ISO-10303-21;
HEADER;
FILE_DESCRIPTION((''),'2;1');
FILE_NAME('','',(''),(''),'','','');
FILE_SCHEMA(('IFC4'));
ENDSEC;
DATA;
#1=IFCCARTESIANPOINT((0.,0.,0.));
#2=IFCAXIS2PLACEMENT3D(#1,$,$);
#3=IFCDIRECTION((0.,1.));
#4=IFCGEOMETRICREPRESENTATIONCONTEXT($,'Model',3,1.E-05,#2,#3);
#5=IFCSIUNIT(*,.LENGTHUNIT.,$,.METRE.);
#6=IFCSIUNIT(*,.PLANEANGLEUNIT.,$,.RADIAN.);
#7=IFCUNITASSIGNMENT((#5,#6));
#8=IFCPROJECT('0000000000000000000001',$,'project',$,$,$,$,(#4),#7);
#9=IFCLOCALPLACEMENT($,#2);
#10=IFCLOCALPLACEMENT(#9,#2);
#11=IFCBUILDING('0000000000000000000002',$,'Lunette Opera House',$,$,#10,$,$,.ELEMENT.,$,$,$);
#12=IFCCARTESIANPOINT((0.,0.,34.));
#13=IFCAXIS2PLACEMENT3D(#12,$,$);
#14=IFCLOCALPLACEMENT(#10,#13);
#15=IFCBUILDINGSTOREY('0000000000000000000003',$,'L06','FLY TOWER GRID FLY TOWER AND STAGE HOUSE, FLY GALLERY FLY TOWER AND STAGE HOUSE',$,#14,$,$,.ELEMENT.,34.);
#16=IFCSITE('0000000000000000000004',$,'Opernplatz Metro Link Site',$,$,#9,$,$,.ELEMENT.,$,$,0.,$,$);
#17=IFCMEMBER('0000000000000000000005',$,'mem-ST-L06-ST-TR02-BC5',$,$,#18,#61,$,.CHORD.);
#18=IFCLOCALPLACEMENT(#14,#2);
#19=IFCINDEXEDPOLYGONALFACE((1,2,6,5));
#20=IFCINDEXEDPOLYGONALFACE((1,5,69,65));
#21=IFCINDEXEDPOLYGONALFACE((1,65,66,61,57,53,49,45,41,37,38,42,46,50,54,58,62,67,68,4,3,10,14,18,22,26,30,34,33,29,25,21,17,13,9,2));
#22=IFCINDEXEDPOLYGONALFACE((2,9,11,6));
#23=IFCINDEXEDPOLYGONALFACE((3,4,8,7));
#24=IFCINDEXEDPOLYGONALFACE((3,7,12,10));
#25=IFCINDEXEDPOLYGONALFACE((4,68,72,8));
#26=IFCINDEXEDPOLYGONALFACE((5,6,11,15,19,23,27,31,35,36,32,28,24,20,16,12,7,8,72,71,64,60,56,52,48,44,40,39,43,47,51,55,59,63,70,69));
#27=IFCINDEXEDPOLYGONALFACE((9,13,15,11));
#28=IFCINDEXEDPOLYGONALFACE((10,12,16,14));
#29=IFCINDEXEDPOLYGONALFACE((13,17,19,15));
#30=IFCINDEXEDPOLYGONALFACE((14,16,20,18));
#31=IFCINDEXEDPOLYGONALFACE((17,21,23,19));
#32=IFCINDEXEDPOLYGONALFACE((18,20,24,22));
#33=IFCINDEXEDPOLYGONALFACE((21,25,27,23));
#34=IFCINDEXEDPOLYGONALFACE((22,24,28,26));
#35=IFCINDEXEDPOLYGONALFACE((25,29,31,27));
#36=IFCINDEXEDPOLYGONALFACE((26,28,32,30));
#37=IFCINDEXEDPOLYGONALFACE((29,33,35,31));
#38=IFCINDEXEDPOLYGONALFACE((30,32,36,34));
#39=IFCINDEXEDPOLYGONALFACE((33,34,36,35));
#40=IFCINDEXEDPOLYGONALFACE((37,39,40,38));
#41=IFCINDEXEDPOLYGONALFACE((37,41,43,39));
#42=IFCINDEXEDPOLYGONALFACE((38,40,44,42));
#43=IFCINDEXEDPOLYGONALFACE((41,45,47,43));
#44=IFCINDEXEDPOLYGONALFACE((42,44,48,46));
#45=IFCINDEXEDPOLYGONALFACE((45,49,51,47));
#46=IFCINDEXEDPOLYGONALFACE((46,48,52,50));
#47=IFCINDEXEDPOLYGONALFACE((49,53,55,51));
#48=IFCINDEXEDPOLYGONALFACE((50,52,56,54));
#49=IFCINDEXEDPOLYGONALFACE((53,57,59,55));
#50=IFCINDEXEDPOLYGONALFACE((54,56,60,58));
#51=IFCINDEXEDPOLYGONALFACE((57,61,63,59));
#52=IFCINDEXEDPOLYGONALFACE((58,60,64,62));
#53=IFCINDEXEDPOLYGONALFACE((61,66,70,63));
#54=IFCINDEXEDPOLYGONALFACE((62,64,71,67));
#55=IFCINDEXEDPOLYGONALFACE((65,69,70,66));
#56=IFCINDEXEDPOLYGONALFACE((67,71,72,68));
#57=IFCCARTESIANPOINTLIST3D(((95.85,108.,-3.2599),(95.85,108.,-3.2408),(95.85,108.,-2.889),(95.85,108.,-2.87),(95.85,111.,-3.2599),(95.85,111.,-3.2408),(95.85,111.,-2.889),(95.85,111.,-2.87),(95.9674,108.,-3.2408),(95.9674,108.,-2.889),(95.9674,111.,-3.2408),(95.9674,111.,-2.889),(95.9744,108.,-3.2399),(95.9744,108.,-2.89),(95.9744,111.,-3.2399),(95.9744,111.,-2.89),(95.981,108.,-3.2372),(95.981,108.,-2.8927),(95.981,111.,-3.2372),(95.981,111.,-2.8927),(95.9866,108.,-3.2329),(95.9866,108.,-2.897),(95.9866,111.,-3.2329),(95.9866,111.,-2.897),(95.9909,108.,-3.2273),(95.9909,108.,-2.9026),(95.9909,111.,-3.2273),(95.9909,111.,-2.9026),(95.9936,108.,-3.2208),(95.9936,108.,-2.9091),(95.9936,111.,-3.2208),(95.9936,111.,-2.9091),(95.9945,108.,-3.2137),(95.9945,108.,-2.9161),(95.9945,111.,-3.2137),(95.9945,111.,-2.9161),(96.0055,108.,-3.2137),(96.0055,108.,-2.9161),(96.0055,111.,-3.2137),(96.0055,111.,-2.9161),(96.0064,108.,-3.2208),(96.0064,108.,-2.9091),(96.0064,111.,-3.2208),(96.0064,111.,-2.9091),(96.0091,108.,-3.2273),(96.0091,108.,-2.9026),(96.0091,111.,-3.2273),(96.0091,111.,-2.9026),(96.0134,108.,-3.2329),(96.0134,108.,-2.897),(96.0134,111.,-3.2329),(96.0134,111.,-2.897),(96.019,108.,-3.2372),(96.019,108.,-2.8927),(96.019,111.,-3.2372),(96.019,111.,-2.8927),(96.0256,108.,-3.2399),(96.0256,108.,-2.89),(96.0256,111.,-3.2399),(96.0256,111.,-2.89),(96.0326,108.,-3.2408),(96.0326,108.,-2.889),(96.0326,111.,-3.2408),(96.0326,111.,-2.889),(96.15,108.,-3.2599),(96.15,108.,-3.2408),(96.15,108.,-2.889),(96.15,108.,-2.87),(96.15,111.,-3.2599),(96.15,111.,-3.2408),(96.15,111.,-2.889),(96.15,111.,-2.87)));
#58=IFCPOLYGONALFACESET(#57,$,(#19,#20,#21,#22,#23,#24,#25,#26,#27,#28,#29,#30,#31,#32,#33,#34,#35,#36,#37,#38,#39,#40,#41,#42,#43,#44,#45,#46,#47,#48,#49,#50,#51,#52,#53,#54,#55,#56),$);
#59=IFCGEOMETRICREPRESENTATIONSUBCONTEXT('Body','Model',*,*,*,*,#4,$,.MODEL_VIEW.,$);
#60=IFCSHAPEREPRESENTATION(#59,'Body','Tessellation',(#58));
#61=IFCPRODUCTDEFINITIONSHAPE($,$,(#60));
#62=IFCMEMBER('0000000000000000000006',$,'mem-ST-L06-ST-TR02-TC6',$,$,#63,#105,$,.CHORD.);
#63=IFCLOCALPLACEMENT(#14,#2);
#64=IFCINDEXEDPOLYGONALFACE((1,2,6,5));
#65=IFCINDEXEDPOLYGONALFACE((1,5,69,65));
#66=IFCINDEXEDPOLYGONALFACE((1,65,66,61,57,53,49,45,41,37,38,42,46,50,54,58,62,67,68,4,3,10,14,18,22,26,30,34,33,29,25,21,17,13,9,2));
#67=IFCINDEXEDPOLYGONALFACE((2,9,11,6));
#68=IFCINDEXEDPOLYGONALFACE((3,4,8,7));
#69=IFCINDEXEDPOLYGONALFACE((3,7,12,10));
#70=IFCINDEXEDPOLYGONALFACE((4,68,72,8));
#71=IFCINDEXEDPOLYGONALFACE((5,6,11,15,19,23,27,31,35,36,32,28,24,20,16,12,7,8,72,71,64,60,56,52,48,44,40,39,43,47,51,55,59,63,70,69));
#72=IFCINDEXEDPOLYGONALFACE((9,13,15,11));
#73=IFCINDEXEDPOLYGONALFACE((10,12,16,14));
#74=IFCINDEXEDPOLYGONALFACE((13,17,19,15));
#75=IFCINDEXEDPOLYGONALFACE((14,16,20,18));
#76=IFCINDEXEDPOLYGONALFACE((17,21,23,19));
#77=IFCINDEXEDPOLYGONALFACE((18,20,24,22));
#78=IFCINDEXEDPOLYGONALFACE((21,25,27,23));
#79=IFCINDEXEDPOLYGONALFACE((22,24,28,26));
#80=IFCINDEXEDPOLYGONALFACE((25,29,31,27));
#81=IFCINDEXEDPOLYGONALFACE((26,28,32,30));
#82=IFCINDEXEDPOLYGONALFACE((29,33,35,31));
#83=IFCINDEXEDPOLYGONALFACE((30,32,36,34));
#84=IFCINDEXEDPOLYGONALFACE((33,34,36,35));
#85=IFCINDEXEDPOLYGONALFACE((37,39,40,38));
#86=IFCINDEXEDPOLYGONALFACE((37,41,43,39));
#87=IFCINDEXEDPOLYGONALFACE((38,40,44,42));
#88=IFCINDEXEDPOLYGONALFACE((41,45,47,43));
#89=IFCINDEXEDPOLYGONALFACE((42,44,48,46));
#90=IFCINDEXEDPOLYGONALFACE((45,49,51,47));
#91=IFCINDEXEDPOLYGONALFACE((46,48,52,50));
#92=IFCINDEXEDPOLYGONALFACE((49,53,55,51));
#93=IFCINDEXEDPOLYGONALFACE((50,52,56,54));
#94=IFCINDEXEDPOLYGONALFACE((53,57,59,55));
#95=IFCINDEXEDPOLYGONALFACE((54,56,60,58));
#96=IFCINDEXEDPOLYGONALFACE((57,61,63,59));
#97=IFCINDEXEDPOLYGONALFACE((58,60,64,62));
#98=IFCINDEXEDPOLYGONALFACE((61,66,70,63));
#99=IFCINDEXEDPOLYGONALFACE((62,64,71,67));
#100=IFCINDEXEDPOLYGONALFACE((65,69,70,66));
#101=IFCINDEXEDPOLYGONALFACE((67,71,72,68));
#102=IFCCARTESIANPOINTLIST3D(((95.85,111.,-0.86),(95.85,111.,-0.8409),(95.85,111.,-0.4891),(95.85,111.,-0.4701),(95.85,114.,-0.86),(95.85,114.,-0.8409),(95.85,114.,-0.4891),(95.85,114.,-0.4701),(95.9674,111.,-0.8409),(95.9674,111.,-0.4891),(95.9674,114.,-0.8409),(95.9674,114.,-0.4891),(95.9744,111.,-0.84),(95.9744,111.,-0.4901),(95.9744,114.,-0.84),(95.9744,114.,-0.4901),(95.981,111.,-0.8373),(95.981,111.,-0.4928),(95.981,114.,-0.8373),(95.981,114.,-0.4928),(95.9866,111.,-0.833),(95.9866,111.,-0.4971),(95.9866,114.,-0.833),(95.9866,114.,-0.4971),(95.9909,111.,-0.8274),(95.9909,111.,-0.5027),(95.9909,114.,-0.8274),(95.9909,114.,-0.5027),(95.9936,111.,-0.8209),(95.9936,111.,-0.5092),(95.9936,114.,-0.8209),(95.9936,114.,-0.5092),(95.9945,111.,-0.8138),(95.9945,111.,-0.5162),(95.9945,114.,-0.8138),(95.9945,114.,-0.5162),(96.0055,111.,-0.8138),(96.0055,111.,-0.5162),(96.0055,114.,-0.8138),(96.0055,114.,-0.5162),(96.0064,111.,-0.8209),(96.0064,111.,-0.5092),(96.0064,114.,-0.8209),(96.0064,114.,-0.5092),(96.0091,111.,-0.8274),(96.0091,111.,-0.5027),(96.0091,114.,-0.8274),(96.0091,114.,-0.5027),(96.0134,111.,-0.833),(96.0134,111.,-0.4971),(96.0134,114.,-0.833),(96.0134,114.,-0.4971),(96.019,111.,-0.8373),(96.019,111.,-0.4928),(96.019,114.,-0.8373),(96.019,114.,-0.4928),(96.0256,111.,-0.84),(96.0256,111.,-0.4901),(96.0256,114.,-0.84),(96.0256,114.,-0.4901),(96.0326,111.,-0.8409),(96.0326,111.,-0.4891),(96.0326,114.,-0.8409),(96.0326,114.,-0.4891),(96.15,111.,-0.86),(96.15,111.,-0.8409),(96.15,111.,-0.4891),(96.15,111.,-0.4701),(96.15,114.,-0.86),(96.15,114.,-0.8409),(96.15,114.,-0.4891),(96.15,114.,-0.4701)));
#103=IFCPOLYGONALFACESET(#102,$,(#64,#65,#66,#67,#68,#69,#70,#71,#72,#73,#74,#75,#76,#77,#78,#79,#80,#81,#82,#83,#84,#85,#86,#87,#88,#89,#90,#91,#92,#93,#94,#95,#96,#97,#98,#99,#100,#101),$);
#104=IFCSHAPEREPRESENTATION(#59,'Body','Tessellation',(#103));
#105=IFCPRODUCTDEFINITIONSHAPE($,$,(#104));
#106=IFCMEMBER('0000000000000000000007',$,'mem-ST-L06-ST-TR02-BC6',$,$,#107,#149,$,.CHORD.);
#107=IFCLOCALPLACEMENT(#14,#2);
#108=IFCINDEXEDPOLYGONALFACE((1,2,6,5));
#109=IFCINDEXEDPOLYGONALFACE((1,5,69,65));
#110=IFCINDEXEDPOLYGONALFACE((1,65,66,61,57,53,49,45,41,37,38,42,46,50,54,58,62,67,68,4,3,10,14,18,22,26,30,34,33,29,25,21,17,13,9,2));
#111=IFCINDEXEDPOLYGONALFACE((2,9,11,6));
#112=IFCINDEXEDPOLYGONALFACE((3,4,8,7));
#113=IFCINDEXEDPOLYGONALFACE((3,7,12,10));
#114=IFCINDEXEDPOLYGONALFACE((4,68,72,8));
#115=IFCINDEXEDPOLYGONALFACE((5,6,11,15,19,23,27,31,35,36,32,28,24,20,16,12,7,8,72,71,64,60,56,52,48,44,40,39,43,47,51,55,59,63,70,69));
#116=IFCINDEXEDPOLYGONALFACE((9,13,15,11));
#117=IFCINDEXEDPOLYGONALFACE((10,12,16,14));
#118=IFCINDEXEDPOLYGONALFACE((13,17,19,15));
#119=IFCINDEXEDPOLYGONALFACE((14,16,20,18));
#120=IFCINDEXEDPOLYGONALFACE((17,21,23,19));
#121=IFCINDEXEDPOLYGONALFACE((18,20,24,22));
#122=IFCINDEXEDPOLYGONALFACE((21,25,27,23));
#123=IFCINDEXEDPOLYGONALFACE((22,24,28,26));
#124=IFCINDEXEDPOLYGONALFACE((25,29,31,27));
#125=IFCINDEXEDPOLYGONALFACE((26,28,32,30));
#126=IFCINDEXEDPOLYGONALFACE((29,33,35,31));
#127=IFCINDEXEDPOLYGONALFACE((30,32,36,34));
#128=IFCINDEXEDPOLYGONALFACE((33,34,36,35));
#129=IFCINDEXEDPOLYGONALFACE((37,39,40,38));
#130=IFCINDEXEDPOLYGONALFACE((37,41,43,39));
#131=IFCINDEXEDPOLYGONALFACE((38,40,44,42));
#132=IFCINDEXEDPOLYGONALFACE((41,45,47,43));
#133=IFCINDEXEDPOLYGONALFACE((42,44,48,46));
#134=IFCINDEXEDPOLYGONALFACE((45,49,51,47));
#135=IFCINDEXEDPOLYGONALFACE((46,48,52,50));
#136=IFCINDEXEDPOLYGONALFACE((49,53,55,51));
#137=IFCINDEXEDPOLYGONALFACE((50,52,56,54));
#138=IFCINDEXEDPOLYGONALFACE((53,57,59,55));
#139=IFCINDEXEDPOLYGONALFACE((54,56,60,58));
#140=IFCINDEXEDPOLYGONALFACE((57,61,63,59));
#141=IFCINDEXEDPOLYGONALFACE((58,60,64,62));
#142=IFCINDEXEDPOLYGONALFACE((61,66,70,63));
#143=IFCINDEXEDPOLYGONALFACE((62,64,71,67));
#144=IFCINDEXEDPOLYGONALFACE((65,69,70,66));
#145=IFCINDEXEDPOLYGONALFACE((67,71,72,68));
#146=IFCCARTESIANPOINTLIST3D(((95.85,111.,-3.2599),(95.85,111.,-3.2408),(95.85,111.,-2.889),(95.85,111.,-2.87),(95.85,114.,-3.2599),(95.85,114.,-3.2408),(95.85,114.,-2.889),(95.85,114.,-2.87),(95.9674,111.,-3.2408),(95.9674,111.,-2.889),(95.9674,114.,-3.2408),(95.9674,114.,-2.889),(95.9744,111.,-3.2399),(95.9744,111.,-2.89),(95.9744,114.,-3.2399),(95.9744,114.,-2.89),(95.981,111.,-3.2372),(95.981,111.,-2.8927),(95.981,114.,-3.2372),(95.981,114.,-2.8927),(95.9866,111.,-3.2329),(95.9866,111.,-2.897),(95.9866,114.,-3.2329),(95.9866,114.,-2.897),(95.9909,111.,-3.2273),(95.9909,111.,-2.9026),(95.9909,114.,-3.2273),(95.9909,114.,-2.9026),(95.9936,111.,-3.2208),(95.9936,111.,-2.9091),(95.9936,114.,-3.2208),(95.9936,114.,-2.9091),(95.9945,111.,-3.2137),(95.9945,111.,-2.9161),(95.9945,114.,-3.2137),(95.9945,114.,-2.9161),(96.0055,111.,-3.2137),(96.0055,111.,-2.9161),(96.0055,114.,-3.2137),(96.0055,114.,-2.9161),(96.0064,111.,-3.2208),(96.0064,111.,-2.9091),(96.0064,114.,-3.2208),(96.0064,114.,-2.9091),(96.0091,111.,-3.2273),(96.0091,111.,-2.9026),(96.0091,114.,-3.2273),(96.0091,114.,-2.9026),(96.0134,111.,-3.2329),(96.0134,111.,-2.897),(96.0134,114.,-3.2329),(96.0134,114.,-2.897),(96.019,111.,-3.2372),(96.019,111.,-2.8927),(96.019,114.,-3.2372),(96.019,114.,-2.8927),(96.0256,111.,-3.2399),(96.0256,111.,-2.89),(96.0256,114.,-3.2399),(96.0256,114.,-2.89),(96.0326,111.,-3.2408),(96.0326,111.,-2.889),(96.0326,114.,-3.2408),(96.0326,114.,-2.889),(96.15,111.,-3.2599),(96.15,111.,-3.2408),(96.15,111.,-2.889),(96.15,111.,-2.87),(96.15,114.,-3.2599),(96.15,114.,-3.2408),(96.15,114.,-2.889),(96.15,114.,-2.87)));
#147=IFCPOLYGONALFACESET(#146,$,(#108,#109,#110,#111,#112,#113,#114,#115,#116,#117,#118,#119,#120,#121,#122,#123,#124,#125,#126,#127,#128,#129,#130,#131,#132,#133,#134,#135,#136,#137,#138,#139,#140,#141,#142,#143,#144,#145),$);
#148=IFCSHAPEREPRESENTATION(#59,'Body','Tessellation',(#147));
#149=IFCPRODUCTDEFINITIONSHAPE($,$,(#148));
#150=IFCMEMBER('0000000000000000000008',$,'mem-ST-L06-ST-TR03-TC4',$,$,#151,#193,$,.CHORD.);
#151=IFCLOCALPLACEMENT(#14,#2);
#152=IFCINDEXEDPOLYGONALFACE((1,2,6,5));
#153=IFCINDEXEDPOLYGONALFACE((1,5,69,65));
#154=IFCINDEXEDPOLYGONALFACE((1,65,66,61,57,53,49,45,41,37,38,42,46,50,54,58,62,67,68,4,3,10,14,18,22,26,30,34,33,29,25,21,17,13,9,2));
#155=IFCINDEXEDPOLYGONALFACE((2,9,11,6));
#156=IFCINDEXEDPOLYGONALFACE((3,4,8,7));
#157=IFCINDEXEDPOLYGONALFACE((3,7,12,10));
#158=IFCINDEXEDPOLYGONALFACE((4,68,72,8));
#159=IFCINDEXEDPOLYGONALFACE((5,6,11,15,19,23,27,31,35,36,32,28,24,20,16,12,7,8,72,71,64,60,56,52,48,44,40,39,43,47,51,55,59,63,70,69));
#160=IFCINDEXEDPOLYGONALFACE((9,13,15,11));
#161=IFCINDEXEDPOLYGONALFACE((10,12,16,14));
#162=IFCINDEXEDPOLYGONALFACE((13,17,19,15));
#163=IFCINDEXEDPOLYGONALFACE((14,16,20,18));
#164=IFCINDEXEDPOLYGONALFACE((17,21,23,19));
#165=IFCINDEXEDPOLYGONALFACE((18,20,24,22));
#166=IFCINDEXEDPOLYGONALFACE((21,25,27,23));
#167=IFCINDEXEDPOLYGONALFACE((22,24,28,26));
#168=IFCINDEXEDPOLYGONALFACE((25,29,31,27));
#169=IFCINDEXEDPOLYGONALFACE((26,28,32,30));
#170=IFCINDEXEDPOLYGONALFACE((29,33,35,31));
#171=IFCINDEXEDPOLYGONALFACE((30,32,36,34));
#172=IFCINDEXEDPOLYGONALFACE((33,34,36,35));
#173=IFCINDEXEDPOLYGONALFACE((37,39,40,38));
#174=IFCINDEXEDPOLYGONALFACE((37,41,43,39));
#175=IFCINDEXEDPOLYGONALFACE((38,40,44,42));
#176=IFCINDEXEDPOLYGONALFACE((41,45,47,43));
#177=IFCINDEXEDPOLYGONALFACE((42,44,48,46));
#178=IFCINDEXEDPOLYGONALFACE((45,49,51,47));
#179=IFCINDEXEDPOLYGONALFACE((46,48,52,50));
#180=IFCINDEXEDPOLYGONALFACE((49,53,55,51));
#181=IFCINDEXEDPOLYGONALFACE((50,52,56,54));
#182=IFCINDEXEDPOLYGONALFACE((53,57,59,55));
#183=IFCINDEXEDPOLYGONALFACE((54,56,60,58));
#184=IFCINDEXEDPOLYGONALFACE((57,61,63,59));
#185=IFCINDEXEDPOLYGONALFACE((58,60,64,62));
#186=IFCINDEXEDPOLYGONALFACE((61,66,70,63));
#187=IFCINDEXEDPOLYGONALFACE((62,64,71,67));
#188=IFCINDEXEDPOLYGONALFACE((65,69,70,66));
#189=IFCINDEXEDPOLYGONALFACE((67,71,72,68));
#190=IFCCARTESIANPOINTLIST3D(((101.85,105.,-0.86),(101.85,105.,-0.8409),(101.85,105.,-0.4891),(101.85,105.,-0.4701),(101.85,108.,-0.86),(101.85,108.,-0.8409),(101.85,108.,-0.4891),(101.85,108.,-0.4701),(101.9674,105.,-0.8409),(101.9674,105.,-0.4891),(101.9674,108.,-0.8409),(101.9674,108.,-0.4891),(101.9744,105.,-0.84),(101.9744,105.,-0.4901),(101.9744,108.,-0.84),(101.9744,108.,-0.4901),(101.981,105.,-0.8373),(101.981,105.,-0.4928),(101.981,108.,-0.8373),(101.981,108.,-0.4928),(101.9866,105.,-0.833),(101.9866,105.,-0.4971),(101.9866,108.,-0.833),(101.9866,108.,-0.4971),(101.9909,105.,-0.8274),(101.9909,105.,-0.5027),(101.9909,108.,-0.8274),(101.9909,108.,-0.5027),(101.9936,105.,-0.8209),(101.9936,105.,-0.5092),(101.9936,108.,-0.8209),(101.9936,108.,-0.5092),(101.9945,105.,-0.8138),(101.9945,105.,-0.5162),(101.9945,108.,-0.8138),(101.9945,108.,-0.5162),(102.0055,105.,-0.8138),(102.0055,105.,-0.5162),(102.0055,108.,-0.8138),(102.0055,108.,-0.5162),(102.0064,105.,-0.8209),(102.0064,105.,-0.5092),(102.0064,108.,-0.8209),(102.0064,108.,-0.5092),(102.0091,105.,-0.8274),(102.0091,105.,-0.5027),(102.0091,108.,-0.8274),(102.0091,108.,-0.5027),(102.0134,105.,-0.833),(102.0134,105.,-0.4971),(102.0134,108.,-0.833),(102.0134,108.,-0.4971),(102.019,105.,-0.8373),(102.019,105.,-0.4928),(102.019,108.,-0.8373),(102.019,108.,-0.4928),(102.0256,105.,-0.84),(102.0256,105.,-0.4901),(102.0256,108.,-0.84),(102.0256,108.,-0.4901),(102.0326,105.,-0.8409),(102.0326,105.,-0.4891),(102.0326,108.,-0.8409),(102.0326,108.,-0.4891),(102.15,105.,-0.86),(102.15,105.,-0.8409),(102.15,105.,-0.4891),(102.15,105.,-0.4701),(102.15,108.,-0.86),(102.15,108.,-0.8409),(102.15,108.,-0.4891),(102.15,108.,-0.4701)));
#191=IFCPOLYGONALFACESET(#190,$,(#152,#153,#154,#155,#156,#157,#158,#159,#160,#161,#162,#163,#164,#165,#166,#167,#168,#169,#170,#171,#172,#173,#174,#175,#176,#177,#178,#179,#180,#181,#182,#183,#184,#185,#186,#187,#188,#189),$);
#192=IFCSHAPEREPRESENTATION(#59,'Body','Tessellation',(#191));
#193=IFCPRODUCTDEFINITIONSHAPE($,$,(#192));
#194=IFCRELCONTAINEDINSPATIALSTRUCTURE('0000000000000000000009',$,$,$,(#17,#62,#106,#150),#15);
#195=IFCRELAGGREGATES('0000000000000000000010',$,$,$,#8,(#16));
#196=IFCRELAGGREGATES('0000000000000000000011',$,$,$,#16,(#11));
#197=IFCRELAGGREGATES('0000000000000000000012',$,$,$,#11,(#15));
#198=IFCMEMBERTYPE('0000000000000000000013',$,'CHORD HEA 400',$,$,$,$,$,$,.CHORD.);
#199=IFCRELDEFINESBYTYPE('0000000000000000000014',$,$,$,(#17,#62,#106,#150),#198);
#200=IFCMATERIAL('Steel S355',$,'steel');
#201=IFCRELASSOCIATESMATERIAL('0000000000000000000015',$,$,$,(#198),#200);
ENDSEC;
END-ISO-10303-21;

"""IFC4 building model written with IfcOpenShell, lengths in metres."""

from ifc_helpers import new_model, si_unit, direction, frame, origin, origin_2d, place, context, subcontext, project, spatial, i_section, extrude, material, material_profile, profile_set, type_object, element, save


model = new_model("IFC4")

# Units and contexts
model_context = context("Model", 3, precision=1e-05, world=origin(), true_north=direction((0.0, 1.0)))
body_context = subcontext(model_context, "Body", "Model", "MODEL_VIEW")
ifc_project = project(units=[si_unit("LENGTHUNIT", "METRE"), si_unit("PLANEANGLEUNIT", "RADIAN")], contexts=[model_context])

# Site, building, storey
site_placement = place(None, origin())
site = spatial("IfcSite", under=ifc_project, at=site_placement, Name="Opernplatz Metro Link Site", CompositionType="ELEMENT", RefElevation=0.0)
building_placement = place(site_placement, origin())
building = spatial("IfcBuilding", under=site, at=building_placement, Name="Lunette Opera House", CompositionType="ELEMENT")
storey_placement = place(building_placement, frame((0.0, 0.0, 34.0)))
storey = spatial("IfcBuildingStorey", under=building, at=storey_placement, Name="L06", Description="FLY TOWER GRID FLY TOWER AND STAGE HOUSE, FLY GALLERY FLY TOWER AND STAGE HOUSE", CompositionType="ELEMENT", Elevation=34.0)

# Members
ifc_material_1 = material(Name="Steel S355", Category="steel")
ifc_material_profile_1 = material_profile(ifc_material_1, i_section(OverallWidth=0.3, OverallDepth=0.3899, WebThickness=0.011, FlangeThickness=0.019, FilletRadius=0.0271, at=origin_2d()), Name="HEA 400")
ifc_profile_set_1 = profile_set([ifc_material_profile_1], Name="Steel S355")
member_type_1 = type_object("IfcMemberType", Name="CHORD HEA 400", PredefinedType="CHORD", material=ifc_profile_set_1)
for number, where, z_axis, x_axis, name in (
    (1, (96.0, 108.0, -3.0649), (0.0, 1.0, 0.0), (-1.0, 0.0, 0.0), "mem-ST-L06-ST-TR02-BC5"),
    (2, (96.0, 111.0, -0.665), (0.0, 1.0, 0.0), (-1.0, 0.0, 0.0), "mem-ST-L06-ST-TR02-TC6"),
    (3, (96.0, 111.0, -3.0649), (0.0, 1.0, 0.0), (-1.0, 0.0, 0.0), "mem-ST-L06-ST-TR02-BC6"),
    (4, (102.0, 105.0, -0.665), (0.0, 1.0, 0.0), (-1.0, 0.0, 0.0), "mem-ST-L06-ST-TR03-TC4"),
):
    element("IfcMember", number, at=place(storey_placement, frame(where, z_axis=z_axis, x_axis=x_axis)), inside=storey, type_object=member_type_1, Name=name, PredefinedType="CHORD", context=body_context, shape_type="SweptSolid", body=[
        extrude(i_section(OverallWidth=0.3, OverallDepth=0.3899, WebThickness=0.011, FlangeThickness=0.019, FilletRadius=0.0271, at=origin_2d()), origin(), (0.0, 0.0, 1.0), 3.0),
    ])

save(model, "model.ifc")
